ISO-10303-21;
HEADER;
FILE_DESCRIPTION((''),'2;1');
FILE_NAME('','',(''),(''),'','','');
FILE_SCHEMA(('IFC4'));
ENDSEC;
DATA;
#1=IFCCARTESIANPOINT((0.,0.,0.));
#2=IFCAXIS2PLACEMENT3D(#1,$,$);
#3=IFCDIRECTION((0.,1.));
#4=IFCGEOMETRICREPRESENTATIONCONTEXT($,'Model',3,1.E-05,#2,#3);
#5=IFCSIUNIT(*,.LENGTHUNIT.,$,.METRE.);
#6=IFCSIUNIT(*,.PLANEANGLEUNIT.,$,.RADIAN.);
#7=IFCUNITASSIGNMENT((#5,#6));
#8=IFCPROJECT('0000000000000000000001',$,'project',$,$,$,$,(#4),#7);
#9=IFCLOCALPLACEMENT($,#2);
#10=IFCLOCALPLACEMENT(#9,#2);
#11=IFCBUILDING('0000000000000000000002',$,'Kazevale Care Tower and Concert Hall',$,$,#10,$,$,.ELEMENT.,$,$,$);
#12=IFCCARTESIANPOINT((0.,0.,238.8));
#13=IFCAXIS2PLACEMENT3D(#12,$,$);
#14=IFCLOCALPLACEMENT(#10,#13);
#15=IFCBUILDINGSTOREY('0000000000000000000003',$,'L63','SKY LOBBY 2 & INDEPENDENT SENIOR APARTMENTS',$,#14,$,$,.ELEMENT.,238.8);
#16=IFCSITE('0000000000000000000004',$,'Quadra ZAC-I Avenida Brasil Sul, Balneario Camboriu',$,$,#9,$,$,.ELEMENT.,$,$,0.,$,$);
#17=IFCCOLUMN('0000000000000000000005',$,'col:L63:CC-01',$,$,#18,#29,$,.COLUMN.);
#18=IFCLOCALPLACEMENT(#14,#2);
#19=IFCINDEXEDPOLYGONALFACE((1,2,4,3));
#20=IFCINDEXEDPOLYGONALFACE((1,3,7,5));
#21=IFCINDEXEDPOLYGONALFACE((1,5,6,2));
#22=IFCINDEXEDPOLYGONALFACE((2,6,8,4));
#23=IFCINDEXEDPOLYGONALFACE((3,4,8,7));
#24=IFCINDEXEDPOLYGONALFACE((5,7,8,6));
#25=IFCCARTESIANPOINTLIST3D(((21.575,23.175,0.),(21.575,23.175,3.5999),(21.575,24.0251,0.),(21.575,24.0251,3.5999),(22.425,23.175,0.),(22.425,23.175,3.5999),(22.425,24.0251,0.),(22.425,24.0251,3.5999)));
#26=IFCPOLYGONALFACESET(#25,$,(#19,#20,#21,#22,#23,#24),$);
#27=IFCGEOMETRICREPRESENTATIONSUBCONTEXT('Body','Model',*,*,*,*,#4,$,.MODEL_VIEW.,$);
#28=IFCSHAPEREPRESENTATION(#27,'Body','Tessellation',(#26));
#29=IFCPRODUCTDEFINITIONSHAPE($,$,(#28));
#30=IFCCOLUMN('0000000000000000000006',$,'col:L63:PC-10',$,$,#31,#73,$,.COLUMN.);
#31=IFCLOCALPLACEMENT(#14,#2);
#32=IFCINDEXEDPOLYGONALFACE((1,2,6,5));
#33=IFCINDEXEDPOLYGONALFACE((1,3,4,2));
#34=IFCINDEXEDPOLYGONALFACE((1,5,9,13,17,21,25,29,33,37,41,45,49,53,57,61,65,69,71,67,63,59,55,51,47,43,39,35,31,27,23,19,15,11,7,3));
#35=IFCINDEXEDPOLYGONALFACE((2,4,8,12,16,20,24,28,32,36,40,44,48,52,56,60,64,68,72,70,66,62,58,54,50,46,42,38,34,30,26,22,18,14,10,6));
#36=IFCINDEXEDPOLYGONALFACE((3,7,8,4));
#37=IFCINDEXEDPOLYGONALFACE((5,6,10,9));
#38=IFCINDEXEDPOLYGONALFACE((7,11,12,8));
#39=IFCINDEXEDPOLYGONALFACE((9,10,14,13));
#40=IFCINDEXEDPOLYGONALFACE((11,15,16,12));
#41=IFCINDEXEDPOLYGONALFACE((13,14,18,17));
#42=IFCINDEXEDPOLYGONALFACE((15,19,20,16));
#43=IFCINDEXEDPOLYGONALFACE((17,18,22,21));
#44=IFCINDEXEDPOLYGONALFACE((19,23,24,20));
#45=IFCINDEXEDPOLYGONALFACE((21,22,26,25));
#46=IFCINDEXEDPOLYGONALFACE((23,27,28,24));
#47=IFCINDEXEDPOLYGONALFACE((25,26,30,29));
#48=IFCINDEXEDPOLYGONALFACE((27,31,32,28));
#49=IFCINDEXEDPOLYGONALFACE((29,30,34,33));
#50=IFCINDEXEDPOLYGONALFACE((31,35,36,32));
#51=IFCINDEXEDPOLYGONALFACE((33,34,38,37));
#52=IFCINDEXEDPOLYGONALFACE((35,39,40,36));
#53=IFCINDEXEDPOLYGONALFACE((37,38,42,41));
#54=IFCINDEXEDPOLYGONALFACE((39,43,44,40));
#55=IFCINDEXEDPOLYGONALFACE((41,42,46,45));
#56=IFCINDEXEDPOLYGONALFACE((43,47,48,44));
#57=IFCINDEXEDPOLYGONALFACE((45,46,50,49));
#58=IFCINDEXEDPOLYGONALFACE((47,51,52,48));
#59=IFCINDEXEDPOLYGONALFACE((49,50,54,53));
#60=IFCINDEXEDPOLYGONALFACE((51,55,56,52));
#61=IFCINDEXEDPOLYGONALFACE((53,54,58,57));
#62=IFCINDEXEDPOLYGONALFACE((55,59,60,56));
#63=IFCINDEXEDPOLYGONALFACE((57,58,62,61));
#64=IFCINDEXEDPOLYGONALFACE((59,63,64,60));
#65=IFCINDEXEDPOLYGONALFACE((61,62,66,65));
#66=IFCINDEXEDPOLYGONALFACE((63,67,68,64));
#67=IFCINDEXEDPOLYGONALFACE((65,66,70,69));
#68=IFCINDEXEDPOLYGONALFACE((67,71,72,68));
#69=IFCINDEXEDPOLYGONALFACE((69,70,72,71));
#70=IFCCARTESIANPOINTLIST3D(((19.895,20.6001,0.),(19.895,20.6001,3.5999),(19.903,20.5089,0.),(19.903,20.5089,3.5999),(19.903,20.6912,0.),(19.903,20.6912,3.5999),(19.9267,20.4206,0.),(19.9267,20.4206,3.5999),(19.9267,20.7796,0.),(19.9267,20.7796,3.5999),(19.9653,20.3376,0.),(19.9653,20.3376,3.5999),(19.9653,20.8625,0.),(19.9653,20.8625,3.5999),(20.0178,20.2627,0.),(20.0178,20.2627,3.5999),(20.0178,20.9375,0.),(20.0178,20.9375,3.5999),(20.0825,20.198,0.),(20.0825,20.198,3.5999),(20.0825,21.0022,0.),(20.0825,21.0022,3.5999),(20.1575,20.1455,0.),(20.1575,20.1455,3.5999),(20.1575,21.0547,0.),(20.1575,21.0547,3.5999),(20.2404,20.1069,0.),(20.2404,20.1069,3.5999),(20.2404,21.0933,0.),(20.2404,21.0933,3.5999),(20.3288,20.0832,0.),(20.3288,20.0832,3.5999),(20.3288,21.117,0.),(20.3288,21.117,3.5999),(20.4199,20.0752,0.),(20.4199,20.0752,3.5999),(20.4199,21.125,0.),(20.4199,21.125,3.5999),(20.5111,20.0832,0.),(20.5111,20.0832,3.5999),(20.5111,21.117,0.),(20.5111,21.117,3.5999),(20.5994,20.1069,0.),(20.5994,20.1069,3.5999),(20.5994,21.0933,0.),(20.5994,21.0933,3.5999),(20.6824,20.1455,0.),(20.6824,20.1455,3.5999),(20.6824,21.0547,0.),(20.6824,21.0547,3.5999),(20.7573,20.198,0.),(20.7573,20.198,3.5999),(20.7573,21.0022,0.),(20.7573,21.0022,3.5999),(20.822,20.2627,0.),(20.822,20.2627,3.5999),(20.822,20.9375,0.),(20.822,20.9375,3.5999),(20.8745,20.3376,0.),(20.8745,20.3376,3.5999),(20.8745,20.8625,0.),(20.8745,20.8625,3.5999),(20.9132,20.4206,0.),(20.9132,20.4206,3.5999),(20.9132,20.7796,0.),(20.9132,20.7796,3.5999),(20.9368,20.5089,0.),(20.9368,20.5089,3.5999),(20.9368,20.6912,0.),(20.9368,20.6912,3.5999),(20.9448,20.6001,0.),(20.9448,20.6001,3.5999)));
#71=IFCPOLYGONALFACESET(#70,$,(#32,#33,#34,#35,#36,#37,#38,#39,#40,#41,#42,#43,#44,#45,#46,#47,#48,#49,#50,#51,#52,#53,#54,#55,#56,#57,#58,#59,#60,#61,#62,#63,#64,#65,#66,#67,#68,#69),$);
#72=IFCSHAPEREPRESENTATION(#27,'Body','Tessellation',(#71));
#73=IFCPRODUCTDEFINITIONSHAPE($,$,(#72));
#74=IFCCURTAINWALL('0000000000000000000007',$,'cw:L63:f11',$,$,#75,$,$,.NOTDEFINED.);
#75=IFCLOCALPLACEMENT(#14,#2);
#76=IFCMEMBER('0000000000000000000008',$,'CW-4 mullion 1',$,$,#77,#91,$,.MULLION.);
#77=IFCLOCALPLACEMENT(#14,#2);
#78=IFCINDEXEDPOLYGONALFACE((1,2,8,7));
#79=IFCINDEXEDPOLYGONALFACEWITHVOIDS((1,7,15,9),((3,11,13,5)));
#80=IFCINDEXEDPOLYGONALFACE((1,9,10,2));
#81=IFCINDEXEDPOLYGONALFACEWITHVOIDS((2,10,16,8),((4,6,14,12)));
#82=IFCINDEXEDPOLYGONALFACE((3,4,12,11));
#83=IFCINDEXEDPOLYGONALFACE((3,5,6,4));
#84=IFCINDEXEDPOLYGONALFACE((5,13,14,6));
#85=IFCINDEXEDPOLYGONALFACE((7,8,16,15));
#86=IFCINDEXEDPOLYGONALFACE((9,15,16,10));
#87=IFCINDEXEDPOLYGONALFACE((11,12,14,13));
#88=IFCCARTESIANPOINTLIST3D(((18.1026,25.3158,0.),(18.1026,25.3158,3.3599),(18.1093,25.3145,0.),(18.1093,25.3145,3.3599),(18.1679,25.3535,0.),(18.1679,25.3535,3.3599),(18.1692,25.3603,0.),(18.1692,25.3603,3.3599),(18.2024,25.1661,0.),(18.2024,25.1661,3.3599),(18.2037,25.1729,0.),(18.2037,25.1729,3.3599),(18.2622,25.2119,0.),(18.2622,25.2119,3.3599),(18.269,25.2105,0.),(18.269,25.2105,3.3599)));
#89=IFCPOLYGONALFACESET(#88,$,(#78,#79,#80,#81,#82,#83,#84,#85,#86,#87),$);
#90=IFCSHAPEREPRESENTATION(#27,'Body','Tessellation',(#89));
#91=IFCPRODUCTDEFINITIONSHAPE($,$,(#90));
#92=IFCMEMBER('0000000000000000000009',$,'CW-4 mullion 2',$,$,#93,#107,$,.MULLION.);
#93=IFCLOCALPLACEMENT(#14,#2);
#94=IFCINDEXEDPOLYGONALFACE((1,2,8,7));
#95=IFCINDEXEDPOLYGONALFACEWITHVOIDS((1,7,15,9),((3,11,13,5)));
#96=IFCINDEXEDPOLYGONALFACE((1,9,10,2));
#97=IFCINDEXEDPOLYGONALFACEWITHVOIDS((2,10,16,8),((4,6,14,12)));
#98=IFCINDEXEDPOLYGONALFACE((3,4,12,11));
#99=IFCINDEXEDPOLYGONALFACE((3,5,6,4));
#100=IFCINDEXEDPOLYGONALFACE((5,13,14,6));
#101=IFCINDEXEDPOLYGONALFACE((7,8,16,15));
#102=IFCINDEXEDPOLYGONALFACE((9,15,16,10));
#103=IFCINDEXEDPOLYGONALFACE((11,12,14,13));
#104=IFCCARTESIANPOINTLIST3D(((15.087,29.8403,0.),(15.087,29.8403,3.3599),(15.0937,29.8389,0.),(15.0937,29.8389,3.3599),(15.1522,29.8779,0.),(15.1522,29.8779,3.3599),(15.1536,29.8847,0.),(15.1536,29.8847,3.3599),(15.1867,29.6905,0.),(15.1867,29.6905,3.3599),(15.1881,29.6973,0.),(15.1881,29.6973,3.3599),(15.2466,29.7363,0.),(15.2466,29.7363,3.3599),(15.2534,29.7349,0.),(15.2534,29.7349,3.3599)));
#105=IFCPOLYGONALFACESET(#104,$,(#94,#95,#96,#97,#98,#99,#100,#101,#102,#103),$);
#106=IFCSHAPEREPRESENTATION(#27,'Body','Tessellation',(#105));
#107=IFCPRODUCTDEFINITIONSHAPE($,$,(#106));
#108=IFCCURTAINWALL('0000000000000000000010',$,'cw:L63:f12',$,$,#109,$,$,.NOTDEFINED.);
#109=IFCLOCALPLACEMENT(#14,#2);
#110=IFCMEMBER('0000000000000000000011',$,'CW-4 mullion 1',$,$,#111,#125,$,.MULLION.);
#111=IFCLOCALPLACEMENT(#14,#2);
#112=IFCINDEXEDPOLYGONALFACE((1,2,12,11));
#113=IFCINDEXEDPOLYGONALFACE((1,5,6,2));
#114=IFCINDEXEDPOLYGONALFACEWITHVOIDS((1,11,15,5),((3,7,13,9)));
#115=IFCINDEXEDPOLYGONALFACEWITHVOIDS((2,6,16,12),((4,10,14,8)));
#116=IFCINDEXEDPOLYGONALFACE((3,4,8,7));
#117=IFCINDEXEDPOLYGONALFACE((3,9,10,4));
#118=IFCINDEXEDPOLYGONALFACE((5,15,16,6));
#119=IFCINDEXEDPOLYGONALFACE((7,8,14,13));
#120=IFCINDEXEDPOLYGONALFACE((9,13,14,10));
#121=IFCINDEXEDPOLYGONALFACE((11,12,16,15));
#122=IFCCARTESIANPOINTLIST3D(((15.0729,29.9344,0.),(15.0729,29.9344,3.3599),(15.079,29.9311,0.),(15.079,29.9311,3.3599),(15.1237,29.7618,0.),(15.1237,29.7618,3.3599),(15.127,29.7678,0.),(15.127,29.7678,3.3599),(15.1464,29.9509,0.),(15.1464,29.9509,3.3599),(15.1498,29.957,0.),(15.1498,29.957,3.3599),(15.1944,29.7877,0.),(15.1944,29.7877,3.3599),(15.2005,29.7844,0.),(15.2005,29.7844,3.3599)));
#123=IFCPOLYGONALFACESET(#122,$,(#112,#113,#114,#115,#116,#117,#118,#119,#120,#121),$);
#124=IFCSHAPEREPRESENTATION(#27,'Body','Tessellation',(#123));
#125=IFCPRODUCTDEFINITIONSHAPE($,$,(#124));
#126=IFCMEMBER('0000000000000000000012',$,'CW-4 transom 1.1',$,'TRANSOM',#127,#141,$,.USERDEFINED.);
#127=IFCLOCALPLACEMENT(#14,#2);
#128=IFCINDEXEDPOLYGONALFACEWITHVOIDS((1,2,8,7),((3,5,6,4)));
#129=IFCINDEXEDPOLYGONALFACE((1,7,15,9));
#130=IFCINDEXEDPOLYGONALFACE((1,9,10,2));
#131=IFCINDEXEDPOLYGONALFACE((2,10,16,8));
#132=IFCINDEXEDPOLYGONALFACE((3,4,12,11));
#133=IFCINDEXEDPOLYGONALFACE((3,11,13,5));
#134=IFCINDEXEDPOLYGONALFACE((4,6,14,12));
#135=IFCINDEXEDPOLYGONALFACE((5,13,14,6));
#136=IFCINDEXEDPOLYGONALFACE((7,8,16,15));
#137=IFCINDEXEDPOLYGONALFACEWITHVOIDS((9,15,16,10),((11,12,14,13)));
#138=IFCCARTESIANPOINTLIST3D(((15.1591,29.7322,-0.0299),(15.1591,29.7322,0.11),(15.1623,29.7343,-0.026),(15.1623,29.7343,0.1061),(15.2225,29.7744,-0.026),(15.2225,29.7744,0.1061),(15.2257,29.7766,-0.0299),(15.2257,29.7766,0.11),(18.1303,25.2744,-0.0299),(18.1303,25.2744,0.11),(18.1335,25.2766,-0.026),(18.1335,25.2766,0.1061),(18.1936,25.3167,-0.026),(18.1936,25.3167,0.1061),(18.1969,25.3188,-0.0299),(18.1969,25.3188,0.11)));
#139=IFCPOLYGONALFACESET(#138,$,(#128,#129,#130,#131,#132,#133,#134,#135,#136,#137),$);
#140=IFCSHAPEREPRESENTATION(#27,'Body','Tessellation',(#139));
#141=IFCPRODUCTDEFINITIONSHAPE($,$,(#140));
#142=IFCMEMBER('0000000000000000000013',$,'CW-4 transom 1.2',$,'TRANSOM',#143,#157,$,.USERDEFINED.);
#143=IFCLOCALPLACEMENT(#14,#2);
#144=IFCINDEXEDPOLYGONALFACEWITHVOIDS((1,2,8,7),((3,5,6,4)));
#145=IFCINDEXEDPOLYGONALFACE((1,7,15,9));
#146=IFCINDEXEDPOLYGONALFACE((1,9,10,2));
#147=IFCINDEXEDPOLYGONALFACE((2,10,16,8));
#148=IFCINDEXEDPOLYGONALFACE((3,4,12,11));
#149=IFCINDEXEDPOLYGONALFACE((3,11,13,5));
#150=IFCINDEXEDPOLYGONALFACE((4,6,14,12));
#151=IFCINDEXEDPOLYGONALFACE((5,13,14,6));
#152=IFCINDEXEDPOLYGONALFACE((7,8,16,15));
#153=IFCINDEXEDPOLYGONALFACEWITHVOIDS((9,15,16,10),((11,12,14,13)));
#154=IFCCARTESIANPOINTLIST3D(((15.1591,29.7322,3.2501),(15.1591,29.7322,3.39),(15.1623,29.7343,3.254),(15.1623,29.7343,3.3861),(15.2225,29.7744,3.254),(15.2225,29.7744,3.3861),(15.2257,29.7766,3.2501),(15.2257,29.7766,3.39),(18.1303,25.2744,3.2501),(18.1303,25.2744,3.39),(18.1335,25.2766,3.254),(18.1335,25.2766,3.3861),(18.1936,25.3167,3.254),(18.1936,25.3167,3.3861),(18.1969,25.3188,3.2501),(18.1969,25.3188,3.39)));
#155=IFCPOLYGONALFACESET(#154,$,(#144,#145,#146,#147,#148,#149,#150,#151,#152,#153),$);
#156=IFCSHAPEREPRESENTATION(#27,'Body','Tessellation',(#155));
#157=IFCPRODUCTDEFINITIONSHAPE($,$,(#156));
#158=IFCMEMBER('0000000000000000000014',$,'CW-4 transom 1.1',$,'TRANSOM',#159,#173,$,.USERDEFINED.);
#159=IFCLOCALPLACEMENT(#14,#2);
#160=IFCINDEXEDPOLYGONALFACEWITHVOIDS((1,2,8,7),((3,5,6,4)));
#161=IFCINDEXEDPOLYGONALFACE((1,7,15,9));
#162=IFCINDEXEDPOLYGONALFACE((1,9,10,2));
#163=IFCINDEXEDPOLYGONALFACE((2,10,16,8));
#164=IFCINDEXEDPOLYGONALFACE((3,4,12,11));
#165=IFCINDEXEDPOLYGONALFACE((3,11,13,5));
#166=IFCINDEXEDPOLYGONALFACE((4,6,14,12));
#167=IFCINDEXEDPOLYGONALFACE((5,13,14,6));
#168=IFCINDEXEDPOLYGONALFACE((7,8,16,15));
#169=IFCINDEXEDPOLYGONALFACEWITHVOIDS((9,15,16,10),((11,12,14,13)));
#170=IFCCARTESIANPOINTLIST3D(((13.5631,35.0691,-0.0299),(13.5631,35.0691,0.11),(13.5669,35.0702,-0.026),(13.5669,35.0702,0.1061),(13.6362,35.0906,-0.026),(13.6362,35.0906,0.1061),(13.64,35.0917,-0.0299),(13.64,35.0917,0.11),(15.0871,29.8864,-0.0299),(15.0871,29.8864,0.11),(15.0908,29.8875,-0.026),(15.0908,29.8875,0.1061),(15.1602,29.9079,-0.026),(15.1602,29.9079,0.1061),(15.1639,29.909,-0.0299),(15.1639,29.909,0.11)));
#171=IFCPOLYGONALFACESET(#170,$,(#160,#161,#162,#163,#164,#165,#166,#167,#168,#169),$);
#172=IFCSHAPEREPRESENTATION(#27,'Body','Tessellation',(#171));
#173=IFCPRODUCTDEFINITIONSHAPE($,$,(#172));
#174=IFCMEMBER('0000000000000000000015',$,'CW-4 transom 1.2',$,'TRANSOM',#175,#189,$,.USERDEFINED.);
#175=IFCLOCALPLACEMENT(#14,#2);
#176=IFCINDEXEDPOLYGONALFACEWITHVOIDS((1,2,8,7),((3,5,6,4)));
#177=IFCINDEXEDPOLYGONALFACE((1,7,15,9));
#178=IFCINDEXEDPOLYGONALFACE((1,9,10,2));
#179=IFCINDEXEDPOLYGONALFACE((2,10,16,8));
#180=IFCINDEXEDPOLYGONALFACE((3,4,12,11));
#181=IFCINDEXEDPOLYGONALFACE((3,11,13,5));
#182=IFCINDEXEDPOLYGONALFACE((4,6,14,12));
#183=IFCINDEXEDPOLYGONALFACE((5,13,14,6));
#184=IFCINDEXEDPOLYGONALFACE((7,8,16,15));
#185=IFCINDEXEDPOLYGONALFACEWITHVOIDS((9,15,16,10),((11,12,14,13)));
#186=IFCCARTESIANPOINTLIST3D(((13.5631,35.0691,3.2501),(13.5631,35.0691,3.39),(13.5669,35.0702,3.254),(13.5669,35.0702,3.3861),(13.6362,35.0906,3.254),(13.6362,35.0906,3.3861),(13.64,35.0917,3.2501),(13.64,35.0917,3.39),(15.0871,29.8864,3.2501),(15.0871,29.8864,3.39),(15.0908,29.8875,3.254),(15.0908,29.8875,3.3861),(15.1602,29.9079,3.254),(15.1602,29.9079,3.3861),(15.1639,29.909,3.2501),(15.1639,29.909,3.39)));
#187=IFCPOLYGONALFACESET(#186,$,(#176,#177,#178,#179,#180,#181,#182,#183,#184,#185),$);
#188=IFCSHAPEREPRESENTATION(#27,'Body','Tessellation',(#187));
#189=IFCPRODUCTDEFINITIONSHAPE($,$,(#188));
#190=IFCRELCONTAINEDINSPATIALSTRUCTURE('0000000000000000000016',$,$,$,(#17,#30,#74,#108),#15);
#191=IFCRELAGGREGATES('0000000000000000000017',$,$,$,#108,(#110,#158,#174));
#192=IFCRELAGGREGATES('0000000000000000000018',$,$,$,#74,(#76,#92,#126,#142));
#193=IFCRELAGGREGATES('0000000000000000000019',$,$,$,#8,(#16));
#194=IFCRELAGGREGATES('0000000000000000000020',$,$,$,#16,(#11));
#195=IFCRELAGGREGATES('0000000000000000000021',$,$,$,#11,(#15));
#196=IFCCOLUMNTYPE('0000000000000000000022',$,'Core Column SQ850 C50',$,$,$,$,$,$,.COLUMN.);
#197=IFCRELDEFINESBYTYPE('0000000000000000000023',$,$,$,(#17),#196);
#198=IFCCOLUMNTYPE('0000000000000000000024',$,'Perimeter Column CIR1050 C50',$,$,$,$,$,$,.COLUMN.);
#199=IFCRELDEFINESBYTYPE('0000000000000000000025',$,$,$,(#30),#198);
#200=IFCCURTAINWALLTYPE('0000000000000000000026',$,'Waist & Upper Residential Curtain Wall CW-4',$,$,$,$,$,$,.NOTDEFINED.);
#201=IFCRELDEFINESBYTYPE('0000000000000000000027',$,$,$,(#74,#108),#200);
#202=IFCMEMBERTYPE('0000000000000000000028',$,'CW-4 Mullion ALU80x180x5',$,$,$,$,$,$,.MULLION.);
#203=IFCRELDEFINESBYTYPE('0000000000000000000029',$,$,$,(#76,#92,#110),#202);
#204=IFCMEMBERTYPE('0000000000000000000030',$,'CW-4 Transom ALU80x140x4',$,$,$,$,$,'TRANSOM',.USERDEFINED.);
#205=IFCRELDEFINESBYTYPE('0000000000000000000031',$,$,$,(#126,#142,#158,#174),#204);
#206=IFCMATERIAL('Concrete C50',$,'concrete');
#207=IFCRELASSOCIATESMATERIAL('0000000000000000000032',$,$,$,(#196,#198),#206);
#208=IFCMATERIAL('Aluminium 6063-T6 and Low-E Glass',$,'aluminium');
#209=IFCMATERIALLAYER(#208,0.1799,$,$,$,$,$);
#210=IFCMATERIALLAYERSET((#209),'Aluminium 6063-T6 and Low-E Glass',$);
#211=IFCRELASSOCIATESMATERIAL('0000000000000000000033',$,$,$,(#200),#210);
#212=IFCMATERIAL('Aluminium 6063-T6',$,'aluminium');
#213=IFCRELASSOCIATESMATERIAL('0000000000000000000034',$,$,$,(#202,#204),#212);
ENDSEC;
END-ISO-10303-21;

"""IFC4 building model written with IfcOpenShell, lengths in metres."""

from ifc_helpers import new_model, si_unit, direction, frame, origin, origin_2d, place, context, subcontext, project, spatial, rectangle, hollow_rectangle, circle, extrude, material, layer, layer_set, material_profile, profile_set, type_object, element, aggregate, save


model = new_model("IFC4")

# Units and contexts
model_context = context("Model", 3, precision=1e-05, world=origin(), true_north=direction((0.0, 1.0)))
body_context = subcontext(model_context, "Body", "Model", "MODEL_VIEW")
ifc_project = project(units=[si_unit("LENGTHUNIT", "METRE"), si_unit("PLANEANGLEUNIT", "RADIAN")], contexts=[model_context])

# Site, building, storey
site_placement = place(None, origin())
site = spatial("IfcSite", under=ifc_project, at=site_placement, Name="Quadra ZAC-I Avenida Brasil Sul, Balneario Camboriu", CompositionType="ELEMENT", RefElevation=0.0)
building_placement = place(site_placement, origin())
building = spatial("IfcBuilding", under=site, at=building_placement, Name="Kazevale Care Tower and Concert Hall", CompositionType="ELEMENT")
storey_placement = place(building_placement, frame((0.0, 0.0, 238.8)))
storey = spatial("IfcBuildingStorey", under=building, at=storey_placement, Name="L63", Description="SKY LOBBY 2 & INDEPENDENT SENIOR APARTMENTS", CompositionType="ELEMENT", Elevation=238.8)

# Columns
ifc_material_1 = material(Name="Concrete C50", Category="concrete")
ifc_material_profile_1 = material_profile(ifc_material_1, rectangle(XDim=0.8501, YDim=0.8501, at=origin_2d()), Name="RC-SQ850")
ifc_profile_set_1 = profile_set([ifc_material_profile_1], Name="Concrete C50")
column_type_1 = type_object("IfcColumnType", Name="Core Column SQ850 C50", PredefinedType="COLUMN", material=ifc_profile_set_1)
column_1_placement = place(storey_placement, frame((22.0, 23.6001, 0.0), z_axis=(0.0, 0.0, 1.0), x_axis=(1.0, 0.0, 0.0)))
element("IfcColumn", 1, at=column_1_placement, inside=storey, type_object=column_type_1, Name="col:L63:CC-01", PredefinedType="COLUMN", context=body_context, shape_type="SweptSolid", body=[
    extrude(rectangle(XDim=0.8501, YDim=0.8501, at=origin_2d()), origin(), (0.0, 0.0, 1.0), 3.5999),
])
ifc_material_profile_2 = material_profile(ifc_material_1, circle(Radius=0.5249, at=origin_2d()), Name="RC-CIR1050")
ifc_profile_set_2 = profile_set([ifc_material_profile_2], Name="Concrete C50")
column_type_2 = type_object("IfcColumnType", Name="Perimeter Column CIR1050 C50", PredefinedType="COLUMN", material=ifc_profile_set_2)
column_2_placement = place(storey_placement, frame((20.4199, 20.6001, 0.0), z_axis=(0.0, 0.0, 1.0), x_axis=(1.0, 0.0, 0.0)))
element("IfcColumn", 2, at=column_2_placement, inside=storey, type_object=column_type_2, Name="col:L63:PC-10", PredefinedType="COLUMN", context=body_context, shape_type="SweptSolid", body=[
    extrude(circle(Radius=0.5249, at=origin_2d()), origin(), (0.0, 0.0, 1.0), 3.5999),
])

# Curtain wall, members
ifc_material_2 = material(Name="Aluminium 6063-T6 and Low-E Glass", Category="aluminium")
ifc_layer_1 = layer(ifc_material_2, 0.1799)
ifc_layer_set_1 = layer_set([ifc_layer_1], Name="Aluminium 6063-T6 and Low-E Glass")
curtain_wall_type_1 = type_object("IfcCurtainWallType", Name="Waist & Upper Residential Curtain Wall CW-4", PredefinedType="NOTDEFINED", material=ifc_layer_set_1)
curtain_wall_1_placement = place(storey_placement, origin())
curtain_wall_1 = element("IfcCurtainWall", 3, at=curtain_wall_1_placement, inside=storey, type_object=curtain_wall_type_1, Name="cw:L63:f11", PredefinedType="NOTDEFINED")
ifc_material_3 = material(Name="Aluminium 6063-T6", Category="aluminium")
ifc_material_profile_3 = material_profile(ifc_material_3, hollow_rectangle(XDim=0.0801, YDim=0.1799, WallThickness=0.0049, at=origin_2d()), Name="ALU80x180x5")
ifc_profile_set_3 = profile_set([ifc_material_profile_3], Name="Aluminium 6063-T6")
member_type_1 = type_object("IfcMemberType", Name="CW-4 Mullion ALU80x180x5", PredefinedType="MULLION", material=ifc_profile_set_3)
member_1_placement = place(storey_placement, frame((18.1858, 25.2632, 0.0), z_axis=(0.0, 0.0, 1.0), x_axis=(-0.832106, -0.554617, 0.0)))
member_1 = element("IfcMember", 4, at=member_1_placement, type_object=member_type_1, Name="CW-4 mullion 1", PredefinedType="MULLION", context=body_context, shape_type="SweptSolid", body=[
    extrude(hollow_rectangle(XDim=0.0801, YDim=0.1799, WallThickness=0.0049, at=origin_2d()), origin(), (0.0, 0.0, 1.0), 3.3599),
])
member_2_placement = place(storey_placement, frame((15.1702, 29.7876, 0.0), z_axis=(0.0, 0.0, 1.0), x_axis=(-0.832106, -0.554617, 0.0)))
member_2 = element("IfcMember", 5, at=member_2_placement, type_object=member_type_1, Name="CW-4 mullion 2", PredefinedType="MULLION", context=body_context, shape_type="SweptSolid", body=[
    extrude(hollow_rectangle(XDim=0.0801, YDim=0.1799, WallThickness=0.0049, at=origin_2d()), origin(), (0.0, 0.0, 1.0), 3.3599),
])

# Curtain wall, member
curtain_wall_2_placement = place(storey_placement, origin())
curtain_wall_2 = element("IfcCurtainWall", 6, at=curtain_wall_2_placement, inside=storey, type_object=curtain_wall_type_1, Name="cw:L63:f12", PredefinedType="NOTDEFINED")
member_3_placement = place(storey_placement, frame((15.1367, 29.8594, 0.0), z_axis=(0.0, 0.0, 1.0), x_axis=(-0.959386, -0.282098, 0.0)))
member_3 = element("IfcMember", 7, at=member_3_placement, type_object=member_type_1, Name="CW-4 mullion 1", PredefinedType="MULLION", context=body_context, shape_type="SweptSolid", body=[
    extrude(hollow_rectangle(XDim=0.0801, YDim=0.1799, WallThickness=0.0049, at=origin_2d()), origin(), (0.0, 0.0, 1.0), 3.3599),
])

# Members
ifc_material_profile_4 = material_profile(ifc_material_3, hollow_rectangle(XDim=0.0801, YDim=0.1399, WallThickness=0.0039, at=origin_2d()), Name="ALU80x140x4")
ifc_profile_set_4 = profile_set([ifc_material_profile_4], Name="Aluminium 6063-T6")
member_type_2 = type_object("IfcMemberType", Name="CW-4 Transom ALU80x140x4", ElementType="TRANSOM", PredefinedType="USERDEFINED", material=ifc_profile_set_4)
member_4_placement = place(storey_placement, frame((18.1636, 25.2966, 0.04), z_axis=(-0.554616, 0.832106, 0.0), x_axis=(-0.832106, -0.554616, 0.0)))
member_4 = element("IfcMember", 8, at=member_4_placement, type_object=member_type_2, Name="CW-4 transom 1.1", ObjectType="TRANSOM", PredefinedType="USERDEFINED", context=body_context, shape_type="SweptSolid", body=[
    extrude(hollow_rectangle(XDim=0.0801, YDim=0.1399, WallThickness=0.0039, at=origin_2d()), origin(), (0.0, 0.0, 1.0), 5.3572),
])
member_5_placement = place(storey_placement, frame((18.1636, 25.2966, 3.3201), z_axis=(-0.554616, 0.832106, 0.0), x_axis=(-0.832106, -0.554616, 0.0)))
member_5 = element("IfcMember", 9, at=member_5_placement, type_object=member_type_2, Name="CW-4 transom 1.2", ObjectType="TRANSOM", PredefinedType="USERDEFINED", context=body_context, shape_type="SweptSolid", body=[
    extrude(hollow_rectangle(XDim=0.0801, YDim=0.1399, WallThickness=0.0039, at=origin_2d()), origin(), (0.0, 0.0, 1.0), 5.3572),
])
member_6_placement = place(storey_placement, frame((15.1255, 29.8977, 0.04), z_axis=(-0.282103, 0.959384, 0.0), x_axis=(-0.959384, -0.282103, 0.0)))
member_6 = element("IfcMember", 10, at=member_6_placement, type_object=member_type_2, Name="CW-4 transom 1.1", ObjectType="TRANSOM", PredefinedType="USERDEFINED", context=body_context, shape_type="SweptSolid", body=[
    extrude(hollow_rectangle(XDim=0.0801, YDim=0.1399, WallThickness=0.0039, at=origin_2d()), origin(), (0.0, 0.0, 1.0), 5.4021),
])
member_7_placement = place(storey_placement, frame((15.1255, 29.8977, 3.3201), z_axis=(-0.282103, 0.959384, 0.0), x_axis=(-0.959384, -0.282103, 0.0)))
member_7 = element("IfcMember", 11, at=member_7_placement, type_object=member_type_2, Name="CW-4 transom 1.2", ObjectType="TRANSOM", PredefinedType="USERDEFINED", context=body_context, shape_type="SweptSolid", body=[
    extrude(hollow_rectangle(XDim=0.0801, YDim=0.1399, WallThickness=0.0039, at=origin_2d()), origin(), (0.0, 0.0, 1.0), 5.4021),
])
aggregate(curtain_wall_2, [member_3, member_6, member_7])

aggregate(curtain_wall_1, [member_1, member_2, member_4, member_5])

save(model, "model.ifc")
